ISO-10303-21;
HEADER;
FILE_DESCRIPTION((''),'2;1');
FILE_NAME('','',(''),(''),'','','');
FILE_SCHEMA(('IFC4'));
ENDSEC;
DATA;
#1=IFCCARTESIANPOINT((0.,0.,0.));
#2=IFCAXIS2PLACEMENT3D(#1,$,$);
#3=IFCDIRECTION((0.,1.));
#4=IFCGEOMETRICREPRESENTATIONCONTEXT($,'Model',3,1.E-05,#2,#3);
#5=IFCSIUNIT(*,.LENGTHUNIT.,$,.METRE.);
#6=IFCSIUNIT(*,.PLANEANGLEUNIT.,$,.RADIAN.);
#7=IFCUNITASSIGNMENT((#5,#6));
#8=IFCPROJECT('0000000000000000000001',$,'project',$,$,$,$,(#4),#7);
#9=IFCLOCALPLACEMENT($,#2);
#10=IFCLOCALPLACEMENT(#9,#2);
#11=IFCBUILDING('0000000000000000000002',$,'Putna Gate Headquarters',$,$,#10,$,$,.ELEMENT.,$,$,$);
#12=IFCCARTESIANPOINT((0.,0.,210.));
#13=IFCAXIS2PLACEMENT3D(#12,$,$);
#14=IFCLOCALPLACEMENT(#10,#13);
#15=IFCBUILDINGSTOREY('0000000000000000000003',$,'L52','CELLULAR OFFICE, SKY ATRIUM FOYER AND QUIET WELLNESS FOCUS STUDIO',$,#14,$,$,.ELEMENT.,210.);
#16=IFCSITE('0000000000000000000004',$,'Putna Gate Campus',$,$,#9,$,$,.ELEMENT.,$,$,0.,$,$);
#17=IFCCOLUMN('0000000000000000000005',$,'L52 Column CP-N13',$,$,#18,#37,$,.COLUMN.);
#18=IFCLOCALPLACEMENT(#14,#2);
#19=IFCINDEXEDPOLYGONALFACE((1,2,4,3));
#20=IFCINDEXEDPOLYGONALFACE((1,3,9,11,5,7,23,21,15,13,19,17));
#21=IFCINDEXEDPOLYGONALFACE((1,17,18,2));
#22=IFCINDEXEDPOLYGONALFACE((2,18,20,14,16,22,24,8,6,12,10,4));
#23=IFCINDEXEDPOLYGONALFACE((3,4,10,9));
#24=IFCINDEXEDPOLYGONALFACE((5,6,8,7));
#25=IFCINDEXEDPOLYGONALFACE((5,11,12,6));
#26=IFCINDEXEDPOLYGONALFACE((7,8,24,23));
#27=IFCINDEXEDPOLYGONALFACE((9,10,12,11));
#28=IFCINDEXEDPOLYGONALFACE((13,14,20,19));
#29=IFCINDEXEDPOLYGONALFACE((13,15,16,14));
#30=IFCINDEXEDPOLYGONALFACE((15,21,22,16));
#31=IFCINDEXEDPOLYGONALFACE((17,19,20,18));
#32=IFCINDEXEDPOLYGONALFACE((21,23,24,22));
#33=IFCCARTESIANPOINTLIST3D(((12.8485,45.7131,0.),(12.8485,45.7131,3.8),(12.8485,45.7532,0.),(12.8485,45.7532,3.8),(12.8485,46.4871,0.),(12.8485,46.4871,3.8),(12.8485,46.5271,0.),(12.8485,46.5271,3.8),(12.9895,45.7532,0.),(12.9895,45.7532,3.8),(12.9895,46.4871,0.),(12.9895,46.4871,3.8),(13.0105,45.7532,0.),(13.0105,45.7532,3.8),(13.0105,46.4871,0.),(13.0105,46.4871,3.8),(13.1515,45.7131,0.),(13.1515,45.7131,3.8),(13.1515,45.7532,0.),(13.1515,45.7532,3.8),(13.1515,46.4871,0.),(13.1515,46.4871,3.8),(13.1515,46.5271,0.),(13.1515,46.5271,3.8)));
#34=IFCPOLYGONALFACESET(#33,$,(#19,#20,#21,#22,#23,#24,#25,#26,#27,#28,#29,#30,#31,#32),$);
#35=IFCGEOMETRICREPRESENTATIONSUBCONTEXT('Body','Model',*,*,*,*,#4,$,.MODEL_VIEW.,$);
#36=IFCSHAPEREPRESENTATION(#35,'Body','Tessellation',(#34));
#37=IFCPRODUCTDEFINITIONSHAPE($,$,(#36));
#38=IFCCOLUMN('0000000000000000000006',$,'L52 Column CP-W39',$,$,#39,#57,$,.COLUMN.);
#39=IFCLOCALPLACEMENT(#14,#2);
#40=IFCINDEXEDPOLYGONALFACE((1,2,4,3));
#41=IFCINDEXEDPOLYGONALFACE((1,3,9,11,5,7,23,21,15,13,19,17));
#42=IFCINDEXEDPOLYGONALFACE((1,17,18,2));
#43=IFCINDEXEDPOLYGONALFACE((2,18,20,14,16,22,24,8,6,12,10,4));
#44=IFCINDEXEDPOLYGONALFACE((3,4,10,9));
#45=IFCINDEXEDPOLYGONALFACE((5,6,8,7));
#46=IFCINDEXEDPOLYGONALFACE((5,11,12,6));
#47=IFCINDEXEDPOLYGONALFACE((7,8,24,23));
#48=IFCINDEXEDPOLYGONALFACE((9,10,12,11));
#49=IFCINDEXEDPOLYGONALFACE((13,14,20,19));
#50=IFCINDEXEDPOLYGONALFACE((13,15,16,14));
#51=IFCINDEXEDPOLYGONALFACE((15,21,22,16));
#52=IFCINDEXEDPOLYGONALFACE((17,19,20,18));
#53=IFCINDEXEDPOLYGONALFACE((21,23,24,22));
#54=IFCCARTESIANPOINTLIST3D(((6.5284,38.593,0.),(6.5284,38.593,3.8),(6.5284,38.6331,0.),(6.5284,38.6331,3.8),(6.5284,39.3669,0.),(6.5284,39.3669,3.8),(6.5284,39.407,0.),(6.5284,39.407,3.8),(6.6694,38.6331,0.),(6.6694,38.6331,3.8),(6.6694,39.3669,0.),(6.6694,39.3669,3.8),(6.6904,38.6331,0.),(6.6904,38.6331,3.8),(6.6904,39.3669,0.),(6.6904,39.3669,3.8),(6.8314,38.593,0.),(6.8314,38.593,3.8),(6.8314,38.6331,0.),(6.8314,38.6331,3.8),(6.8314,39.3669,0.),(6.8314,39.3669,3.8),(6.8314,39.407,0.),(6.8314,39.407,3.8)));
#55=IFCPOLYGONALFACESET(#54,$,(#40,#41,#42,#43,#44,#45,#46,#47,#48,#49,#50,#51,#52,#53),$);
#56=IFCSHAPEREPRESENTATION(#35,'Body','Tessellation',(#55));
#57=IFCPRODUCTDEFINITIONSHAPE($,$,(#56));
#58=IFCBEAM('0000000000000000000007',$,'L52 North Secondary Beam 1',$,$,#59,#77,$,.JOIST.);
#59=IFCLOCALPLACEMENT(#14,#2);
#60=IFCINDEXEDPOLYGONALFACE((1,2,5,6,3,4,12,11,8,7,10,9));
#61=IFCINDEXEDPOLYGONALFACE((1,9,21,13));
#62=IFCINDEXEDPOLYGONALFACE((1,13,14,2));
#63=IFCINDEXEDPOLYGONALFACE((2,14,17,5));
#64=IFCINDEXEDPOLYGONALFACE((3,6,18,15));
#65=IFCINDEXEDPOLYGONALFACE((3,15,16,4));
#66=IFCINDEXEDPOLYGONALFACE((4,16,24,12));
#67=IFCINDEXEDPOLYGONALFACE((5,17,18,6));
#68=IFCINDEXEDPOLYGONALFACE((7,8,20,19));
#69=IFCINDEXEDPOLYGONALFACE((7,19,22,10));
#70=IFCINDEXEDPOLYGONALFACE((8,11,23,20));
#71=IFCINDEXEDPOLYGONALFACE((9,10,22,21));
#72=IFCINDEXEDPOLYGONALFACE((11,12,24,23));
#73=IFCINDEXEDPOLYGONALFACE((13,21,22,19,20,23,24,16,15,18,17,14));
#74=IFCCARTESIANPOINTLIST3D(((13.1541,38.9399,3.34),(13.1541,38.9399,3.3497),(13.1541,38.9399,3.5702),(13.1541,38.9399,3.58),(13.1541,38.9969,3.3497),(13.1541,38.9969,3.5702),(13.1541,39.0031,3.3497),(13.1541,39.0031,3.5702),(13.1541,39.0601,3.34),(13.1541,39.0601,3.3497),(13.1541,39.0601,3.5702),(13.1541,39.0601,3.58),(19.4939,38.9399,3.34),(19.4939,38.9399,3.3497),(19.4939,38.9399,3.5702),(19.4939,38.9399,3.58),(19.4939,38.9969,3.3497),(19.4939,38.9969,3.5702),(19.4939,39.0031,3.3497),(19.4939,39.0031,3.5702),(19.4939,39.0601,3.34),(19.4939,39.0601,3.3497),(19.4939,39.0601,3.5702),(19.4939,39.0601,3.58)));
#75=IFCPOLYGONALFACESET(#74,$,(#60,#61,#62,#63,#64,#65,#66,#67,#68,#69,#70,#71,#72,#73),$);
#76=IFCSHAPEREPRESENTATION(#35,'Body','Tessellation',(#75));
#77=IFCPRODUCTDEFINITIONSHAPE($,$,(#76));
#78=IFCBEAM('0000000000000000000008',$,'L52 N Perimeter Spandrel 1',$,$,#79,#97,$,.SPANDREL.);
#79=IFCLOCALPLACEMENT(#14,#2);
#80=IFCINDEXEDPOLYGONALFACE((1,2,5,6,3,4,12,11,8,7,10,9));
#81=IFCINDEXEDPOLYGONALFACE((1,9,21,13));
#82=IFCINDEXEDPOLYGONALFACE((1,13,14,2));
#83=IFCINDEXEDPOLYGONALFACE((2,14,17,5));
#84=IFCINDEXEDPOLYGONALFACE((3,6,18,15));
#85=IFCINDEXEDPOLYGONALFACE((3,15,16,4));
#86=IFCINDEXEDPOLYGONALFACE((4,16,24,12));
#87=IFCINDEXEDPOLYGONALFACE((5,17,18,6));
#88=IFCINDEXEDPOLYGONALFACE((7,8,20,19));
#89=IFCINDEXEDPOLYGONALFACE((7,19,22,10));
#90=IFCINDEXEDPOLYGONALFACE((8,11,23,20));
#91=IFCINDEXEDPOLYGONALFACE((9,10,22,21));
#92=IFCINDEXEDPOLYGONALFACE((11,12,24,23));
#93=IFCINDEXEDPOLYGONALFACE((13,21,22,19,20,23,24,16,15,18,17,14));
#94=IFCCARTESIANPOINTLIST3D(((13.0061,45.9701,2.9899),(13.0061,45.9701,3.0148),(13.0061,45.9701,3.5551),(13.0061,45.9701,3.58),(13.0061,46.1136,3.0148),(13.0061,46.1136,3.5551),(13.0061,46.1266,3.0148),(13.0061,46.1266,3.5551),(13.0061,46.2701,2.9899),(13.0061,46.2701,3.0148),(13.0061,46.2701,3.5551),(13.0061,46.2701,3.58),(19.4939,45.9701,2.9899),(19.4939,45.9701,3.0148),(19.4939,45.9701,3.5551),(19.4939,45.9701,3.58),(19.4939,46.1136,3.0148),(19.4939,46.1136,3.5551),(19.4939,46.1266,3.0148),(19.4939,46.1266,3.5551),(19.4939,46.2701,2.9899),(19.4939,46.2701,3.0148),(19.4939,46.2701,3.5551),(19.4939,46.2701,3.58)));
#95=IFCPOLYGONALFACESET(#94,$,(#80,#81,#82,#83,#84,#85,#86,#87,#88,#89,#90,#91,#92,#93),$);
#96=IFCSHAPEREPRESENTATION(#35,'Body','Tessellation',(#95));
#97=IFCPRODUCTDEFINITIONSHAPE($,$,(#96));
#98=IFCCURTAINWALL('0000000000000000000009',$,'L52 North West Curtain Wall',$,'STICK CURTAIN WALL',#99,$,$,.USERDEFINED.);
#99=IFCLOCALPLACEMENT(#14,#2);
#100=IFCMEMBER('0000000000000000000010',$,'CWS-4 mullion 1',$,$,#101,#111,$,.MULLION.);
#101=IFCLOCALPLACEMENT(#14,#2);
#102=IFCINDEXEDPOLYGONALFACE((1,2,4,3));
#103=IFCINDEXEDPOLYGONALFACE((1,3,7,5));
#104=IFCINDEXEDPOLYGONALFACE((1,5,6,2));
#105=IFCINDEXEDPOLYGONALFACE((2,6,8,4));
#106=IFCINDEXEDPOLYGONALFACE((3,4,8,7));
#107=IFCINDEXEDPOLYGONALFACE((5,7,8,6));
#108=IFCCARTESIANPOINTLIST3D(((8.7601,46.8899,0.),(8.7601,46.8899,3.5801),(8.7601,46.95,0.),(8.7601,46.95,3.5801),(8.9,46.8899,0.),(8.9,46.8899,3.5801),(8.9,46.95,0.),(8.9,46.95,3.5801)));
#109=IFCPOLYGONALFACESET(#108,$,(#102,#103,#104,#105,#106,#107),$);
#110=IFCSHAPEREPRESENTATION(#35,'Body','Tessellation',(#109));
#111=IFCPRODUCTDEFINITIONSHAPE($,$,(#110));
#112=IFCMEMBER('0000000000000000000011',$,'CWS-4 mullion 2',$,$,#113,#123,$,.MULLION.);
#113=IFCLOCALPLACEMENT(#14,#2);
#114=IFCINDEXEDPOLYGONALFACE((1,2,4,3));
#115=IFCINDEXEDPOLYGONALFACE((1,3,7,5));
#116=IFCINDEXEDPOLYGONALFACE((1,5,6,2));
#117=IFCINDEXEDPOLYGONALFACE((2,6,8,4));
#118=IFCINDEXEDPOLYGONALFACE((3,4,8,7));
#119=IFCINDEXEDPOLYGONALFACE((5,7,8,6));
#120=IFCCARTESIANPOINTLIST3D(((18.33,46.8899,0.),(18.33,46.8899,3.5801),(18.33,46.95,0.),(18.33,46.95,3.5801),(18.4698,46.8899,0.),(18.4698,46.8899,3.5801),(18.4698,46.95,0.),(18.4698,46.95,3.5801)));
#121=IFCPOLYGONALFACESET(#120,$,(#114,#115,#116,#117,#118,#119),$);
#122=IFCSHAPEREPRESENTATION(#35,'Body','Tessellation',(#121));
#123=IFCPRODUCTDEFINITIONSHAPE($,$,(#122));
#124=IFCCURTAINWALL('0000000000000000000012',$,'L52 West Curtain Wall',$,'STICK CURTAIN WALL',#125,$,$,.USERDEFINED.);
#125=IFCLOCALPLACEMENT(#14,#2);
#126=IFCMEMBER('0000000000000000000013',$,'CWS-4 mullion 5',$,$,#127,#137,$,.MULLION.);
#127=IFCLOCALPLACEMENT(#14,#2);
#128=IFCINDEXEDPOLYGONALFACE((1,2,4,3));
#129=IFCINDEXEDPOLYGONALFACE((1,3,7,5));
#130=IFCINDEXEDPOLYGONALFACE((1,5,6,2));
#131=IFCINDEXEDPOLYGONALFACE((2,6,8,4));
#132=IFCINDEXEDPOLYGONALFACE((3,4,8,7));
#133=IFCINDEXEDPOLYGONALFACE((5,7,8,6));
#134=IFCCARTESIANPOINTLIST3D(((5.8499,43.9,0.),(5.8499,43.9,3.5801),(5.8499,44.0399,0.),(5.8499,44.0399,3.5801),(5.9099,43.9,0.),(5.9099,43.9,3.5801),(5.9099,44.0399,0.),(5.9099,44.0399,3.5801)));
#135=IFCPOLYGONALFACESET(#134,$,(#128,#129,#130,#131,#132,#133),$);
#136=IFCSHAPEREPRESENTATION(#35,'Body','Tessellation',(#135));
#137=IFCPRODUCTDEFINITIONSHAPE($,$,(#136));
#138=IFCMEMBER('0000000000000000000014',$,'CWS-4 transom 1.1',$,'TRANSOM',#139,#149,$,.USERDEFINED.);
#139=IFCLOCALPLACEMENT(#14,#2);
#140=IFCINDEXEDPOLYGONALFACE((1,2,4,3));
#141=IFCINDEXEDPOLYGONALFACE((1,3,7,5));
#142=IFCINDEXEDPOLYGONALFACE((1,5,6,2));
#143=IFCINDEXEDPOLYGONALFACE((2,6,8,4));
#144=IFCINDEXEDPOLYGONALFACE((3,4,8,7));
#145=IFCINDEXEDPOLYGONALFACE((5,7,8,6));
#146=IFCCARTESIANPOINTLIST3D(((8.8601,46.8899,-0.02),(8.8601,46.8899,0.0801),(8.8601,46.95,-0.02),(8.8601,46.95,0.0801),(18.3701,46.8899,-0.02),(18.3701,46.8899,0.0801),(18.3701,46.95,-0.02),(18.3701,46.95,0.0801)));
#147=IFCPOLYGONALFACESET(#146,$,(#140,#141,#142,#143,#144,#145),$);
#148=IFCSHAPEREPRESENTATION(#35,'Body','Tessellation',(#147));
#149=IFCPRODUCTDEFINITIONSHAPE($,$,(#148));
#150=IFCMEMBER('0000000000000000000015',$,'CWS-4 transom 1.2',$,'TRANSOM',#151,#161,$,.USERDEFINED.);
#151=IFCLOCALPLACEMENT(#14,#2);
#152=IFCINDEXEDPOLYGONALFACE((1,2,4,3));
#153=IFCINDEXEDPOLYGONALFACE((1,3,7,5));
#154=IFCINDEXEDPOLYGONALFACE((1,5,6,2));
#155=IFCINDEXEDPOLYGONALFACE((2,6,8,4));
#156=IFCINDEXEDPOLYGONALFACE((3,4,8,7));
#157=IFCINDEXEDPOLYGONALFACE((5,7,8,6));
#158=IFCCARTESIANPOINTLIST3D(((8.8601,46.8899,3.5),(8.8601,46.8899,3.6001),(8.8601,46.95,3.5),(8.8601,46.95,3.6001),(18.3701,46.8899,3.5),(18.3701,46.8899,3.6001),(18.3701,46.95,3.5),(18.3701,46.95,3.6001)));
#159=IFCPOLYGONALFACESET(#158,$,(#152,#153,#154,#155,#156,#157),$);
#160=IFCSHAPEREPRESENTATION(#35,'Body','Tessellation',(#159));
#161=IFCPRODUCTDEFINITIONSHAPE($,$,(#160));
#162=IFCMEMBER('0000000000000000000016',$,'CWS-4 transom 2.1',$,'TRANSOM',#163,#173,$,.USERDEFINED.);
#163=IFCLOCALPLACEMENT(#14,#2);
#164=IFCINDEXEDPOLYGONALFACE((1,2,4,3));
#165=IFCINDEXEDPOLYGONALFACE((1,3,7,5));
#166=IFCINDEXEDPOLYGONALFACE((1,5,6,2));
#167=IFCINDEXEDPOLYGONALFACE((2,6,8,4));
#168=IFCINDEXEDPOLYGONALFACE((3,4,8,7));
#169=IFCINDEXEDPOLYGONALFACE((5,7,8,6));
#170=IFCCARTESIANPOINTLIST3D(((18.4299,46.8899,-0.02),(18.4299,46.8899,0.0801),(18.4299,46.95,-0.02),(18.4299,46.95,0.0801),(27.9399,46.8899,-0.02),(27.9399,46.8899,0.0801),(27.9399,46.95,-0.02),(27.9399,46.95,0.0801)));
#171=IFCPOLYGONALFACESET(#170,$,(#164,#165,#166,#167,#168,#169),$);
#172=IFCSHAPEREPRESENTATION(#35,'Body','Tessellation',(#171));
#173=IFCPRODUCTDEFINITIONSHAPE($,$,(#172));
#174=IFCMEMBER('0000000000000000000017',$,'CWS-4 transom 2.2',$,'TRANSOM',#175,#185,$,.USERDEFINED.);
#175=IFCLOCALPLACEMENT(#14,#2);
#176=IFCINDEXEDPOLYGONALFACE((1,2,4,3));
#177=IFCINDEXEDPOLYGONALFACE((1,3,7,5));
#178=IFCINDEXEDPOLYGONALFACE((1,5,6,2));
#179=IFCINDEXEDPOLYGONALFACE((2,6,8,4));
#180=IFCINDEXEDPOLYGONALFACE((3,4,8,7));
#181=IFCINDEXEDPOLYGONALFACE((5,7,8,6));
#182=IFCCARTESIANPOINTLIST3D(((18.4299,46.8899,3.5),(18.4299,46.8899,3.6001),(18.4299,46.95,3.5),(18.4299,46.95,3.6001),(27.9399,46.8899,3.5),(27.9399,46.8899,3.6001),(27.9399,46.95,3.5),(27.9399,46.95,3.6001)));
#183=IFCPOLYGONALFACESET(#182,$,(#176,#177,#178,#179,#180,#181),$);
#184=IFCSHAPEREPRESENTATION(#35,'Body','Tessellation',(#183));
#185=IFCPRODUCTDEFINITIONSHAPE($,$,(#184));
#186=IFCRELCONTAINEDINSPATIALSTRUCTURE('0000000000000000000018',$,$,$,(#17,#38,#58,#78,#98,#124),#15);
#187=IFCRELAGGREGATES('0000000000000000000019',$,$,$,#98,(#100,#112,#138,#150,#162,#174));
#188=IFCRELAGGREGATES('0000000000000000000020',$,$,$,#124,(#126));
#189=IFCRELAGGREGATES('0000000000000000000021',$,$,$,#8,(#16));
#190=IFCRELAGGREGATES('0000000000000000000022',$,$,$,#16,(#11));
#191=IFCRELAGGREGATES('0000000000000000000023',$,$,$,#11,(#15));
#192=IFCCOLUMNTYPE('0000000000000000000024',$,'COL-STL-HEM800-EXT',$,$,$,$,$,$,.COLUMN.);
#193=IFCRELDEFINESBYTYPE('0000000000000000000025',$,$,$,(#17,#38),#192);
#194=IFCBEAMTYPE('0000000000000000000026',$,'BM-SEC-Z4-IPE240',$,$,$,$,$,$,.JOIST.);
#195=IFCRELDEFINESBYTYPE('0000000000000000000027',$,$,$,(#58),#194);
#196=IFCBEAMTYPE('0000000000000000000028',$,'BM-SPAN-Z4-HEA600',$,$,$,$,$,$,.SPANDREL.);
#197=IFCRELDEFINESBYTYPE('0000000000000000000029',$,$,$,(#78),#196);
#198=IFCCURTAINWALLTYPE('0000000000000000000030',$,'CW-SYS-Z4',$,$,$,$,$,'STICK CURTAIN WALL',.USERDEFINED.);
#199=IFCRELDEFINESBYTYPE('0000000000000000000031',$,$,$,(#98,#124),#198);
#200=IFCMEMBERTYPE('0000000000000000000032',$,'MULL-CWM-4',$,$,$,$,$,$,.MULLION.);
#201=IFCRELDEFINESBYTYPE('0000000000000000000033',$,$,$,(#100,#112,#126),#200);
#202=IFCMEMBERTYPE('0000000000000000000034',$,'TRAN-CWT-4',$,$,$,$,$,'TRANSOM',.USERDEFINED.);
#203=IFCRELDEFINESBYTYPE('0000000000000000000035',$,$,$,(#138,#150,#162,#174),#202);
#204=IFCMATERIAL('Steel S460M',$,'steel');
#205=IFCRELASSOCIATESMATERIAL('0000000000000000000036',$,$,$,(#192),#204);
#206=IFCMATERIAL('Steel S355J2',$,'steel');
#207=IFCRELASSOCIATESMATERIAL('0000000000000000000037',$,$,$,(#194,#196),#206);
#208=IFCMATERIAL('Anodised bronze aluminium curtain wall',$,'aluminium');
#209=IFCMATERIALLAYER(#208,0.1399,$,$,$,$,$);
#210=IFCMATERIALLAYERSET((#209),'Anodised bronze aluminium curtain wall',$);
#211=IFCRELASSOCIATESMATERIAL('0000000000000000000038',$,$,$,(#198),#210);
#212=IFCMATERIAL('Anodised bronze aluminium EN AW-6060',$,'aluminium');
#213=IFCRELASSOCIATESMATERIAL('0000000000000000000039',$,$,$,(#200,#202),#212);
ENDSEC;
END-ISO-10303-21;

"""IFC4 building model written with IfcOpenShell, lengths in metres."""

from ifc_helpers import new_model, si_unit, direction, frame, origin, origin_2d, place, context, subcontext, project, spatial, rectangle, i_section, extrude, material, layer, layer_set, material_profile, profile_set, type_object, element, aggregate, save


model = new_model("IFC4")

# Units and contexts
model_context = context("Model", 3, precision=1e-05, world=origin(), true_north=direction((0.0, 1.0)))
body_context = subcontext(model_context, "Body", "Model", "MODEL_VIEW")
ifc_project = project(units=[si_unit("LENGTHUNIT", "METRE"), si_unit("PLANEANGLEUNIT", "RADIAN")], contexts=[model_context])

# Site, building, storey
site_placement = place(None, origin())
site = spatial("IfcSite", under=ifc_project, at=site_placement, Name="Putna Gate Campus", CompositionType="ELEMENT", RefElevation=0.0)
building_placement = place(site_placement, origin())
building = spatial("IfcBuilding", under=site, at=building_placement, Name="Putna Gate Headquarters", CompositionType="ELEMENT")
storey_placement = place(building_placement, frame((0.0, 0.0, 210.0)))
storey = spatial("IfcBuildingStorey", under=building, at=storey_placement, Name="L52", Description="CELLULAR OFFICE, SKY ATRIUM FOYER AND QUIET WELLNESS FOCUS STUDIO", CompositionType="ELEMENT", Elevation=210.0)

# Columns
ifc_material_1 = material(Name="Steel S460M", Category="steel")
ifc_material_profile_1 = material_profile(ifc_material_1, i_section(OverallWidth=0.303, OverallDepth=0.814, WebThickness=0.021, FlangeThickness=0.04, at=origin_2d()), Name="Steel S460M")
ifc_profile_set_1 = profile_set([ifc_material_profile_1], Name="Steel S460M")
column_type = type_object("IfcColumnType", Name="COL-STL-HEM800-EXT", PredefinedType="COLUMN", material=ifc_profile_set_1)
for number, where, z_axis, x_axis, name in (
    (1, (13.0, 46.1201, 0.0), (0.0, 0.0, 1.0), (1.0, 0.0, 0.0), "L52 Column CP-N13"),
    (2, (6.6799, 39.0, 0.0), (0.0, 0.0, 1.0), (1.0, 0.0, 0.0), "L52 Column CP-W39"),
):
    element("IfcColumn", number, at=place(storey_placement, frame(where, z_axis=z_axis, x_axis=x_axis)), inside=storey, type_object=column_type, Name=name, PredefinedType="COLUMN", context=body_context, shape_type="SweptSolid", body=[
        extrude(i_section(OverallWidth=0.303, OverallDepth=0.814, WebThickness=0.021, FlangeThickness=0.04, at=origin_2d()), origin(), (0.0, 0.0, 1.0), 3.8),
    ])

# Beams
ifc_material_2 = material(Name="Steel S355J2", Category="steel")
ifc_material_profile_2 = material_profile(ifc_material_2, i_section(OverallWidth=0.1201, OverallDepth=0.24, WebThickness=0.0061, FlangeThickness=0.0098, at=origin_2d()), Name="Steel S355J2")
ifc_profile_set_2 = profile_set([ifc_material_profile_2], Name="Steel S355J2")
beam_type_1 = type_object("IfcBeamType", Name="BM-SEC-Z4-IPE240", PredefinedType="JOIST", material=ifc_profile_set_2)
beam_1_placement = place(storey_placement, frame((13.1541, 39.0, 3.46), z_axis=(1.0, 0.0, 0.0), x_axis=(0.0, 1.0, 0.0)))
element("IfcBeam", 3, at=beam_1_placement, inside=storey, type_object=beam_type_1, Name="L52 North Secondary Beam 1", PredefinedType="JOIST", context=body_context, shape_type="SweptSolid", body=[
    extrude(i_section(OverallWidth=0.1201, OverallDepth=0.24, WebThickness=0.0061, FlangeThickness=0.0098, at=origin_2d()), origin(), (0.0, 0.0, 1.0), 6.3398),
])
ifc_material_profile_3 = material_profile(ifc_material_2, i_section(OverallWidth=0.3, OverallDepth=0.5901, WebThickness=0.0129, FlangeThickness=0.0249, at=origin_2d()), Name="Steel S355J2")
ifc_profile_set_3 = profile_set([ifc_material_profile_3], Name="Steel S355J2")
beam_type_2 = type_object("IfcBeamType", Name="BM-SPAN-Z4-HEA600", PredefinedType="SPANDREL", material=ifc_profile_set_3)
beam_2_placement = place(storey_placement, frame((13.0061, 46.1201, 3.2849), z_axis=(1.0, 0.0, 0.0), x_axis=(0.0, 1.0, 0.0)))
element("IfcBeam", 4, at=beam_2_placement, inside=storey, type_object=beam_type_2, Name="L52 N Perimeter Spandrel 1", PredefinedType="SPANDREL", context=body_context, shape_type="SweptSolid", body=[
    extrude(i_section(OverallWidth=0.3, OverallDepth=0.5901, WebThickness=0.0129, FlangeThickness=0.0249, at=origin_2d()), origin(), (0.0, 0.0, 1.0), 6.4878),
])

# Curtain wall, members
ifc_material_3 = material(Name="Anodised bronze aluminium curtain wall", Category="aluminium")
ifc_layer_1 = layer(ifc_material_3, 0.1399)
ifc_layer_set_1 = layer_set([ifc_layer_1], Name="Anodised bronze aluminium curtain wall")
curtain_wall_type = type_object("IfcCurtainWallType", Name="CW-SYS-Z4", ElementType="STICK CURTAIN WALL", PredefinedType="USERDEFINED", material=ifc_layer_set_1)
curtain_wall_1_placement = place(storey_placement, origin())
curtain_wall_1 = element("IfcCurtainWall", 5, at=curtain_wall_1_placement, inside=storey, type_object=curtain_wall_type, Name="L52 North West Curtain Wall", ObjectType="STICK CURTAIN WALL", PredefinedType="USERDEFINED")
ifc_material_4 = material(Name="Anodised bronze aluminium EN AW-6060", Category="aluminium")
ifc_material_profile_4 = material_profile(ifc_material_4, rectangle(XDim=0.0601, YDim=0.1399, at=origin_2d()), Name="Anodised bronze aluminium EN AW-6060")
ifc_profile_set_4 = profile_set([ifc_material_profile_4], Name="Anodised bronze aluminium EN AW-6060")
member_type_1 = type_object("IfcMemberType", Name="MULL-CWM-4", PredefinedType="MULLION", material=ifc_profile_set_4)
member_1_placement = place(storey_placement, frame((8.8301, 46.9199, 0.0), z_axis=(0.0, 0.0, 1.0), x_axis=(0.0, 1.0, 0.0)))
member_1 = element("IfcMember", 6, at=member_1_placement, type_object=member_type_1, Name="CWS-4 mullion 1", PredefinedType="MULLION", context=body_context, shape_type="SweptSolid", body=[
    extrude(rectangle(XDim=0.0601, YDim=0.1399, at=origin_2d()), origin(), (0.0, 0.0, 1.0), 3.5801),
])
member_2_placement = place(storey_placement, frame((18.3999, 46.9199, 0.0), z_axis=(0.0, 0.0, 1.0), x_axis=(0.0, 1.0, 0.0)))
member_2 = element("IfcMember", 7, at=member_2_placement, type_object=member_type_1, Name="CWS-4 mullion 2", PredefinedType="MULLION", context=body_context, shape_type="SweptSolid", body=[
    extrude(rectangle(XDim=0.0601, YDim=0.1399, at=origin_2d()), origin(), (0.0, 0.0, 1.0), 3.5801),
])

# Curtain wall, member
curtain_wall_2_placement = place(storey_placement, origin())
curtain_wall_2 = element("IfcCurtainWall", 8, at=curtain_wall_2_placement, inside=storey, type_object=curtain_wall_type, Name="L52 West Curtain Wall", ObjectType="STICK CURTAIN WALL", PredefinedType="USERDEFINED")
member_3_placement = place(storey_placement, frame((5.8799, 43.97, 0.0), z_axis=(0.0, 0.0, 1.0), x_axis=(-1.0, 0.0, 0.0)))
member_3 = element("IfcMember", 9, at=member_3_placement, type_object=member_type_1, Name="CWS-4 mullion 5", PredefinedType="MULLION", context=body_context, shape_type="SweptSolid", body=[
    extrude(rectangle(XDim=0.0601, YDim=0.1399, at=origin_2d()), origin(), (0.0, 0.0, 1.0), 3.5801),
])

# Members
ifc_material_profile_5 = material_profile(ifc_material_4, rectangle(XDim=0.0601, YDim=0.1001, at=origin_2d()), Name="Anodised bronze aluminium EN AW-6060")
ifc_profile_set_5 = profile_set([ifc_material_profile_5], Name="Anodised bronze aluminium EN AW-6060")
member_type_2 = type_object("IfcMemberType", Name="TRAN-CWT-4", ElementType="TRANSOM", PredefinedType="USERDEFINED", material=ifc_profile_set_5)
member_4_placement = place(storey_placement, frame((8.8601, 46.9199, 0.03), z_axis=(1.0, 0.0, 0.0), x_axis=(0.0, 1.0, 0.0)))
member_4 = element("IfcMember", 10, at=member_4_placement, type_object=member_type_2, Name="CWS-4 transom 1.1", ObjectType="TRANSOM", PredefinedType="USERDEFINED", context=body_context, shape_type="SweptSolid", body=[
    extrude(rectangle(XDim=0.0601, YDim=0.1001, at=origin_2d()), origin(), (0.0, 0.0, 1.0), 9.51),
])
member_5_placement = place(storey_placement, frame((8.8601, 46.9199, 3.55), z_axis=(1.0, 0.0, 0.0), x_axis=(0.0, 1.0, 0.0)))
member_5 = element("IfcMember", 11, at=member_5_placement, type_object=member_type_2, Name="CWS-4 transom 1.2", ObjectType="TRANSOM", PredefinedType="USERDEFINED", context=body_context, shape_type="SweptSolid", body=[
    extrude(rectangle(XDim=0.0601, YDim=0.1001, at=origin_2d()), origin(), (0.0, 0.0, 1.0), 9.51),
])
member_6_placement = place(storey_placement, frame((18.4299, 46.9199, 0.03), z_axis=(1.0, 0.0, 0.0), x_axis=(0.0, 1.0, 0.0)))
member_6 = element("IfcMember", 12, at=member_6_placement, type_object=member_type_2, Name="CWS-4 transom 2.1", ObjectType="TRANSOM", PredefinedType="USERDEFINED", context=body_context, shape_type="SweptSolid", body=[
    extrude(rectangle(XDim=0.0601, YDim=0.1001, at=origin_2d()), origin(), (0.0, 0.0, 1.0), 9.51),
])
member_7_placement = place(storey_placement, frame((18.4299, 46.9199, 3.55), z_axis=(1.0, 0.0, 0.0), x_axis=(0.0, 1.0, 0.0)))
member_7 = element("IfcMember", 13, at=member_7_placement, type_object=member_type_2, Name="CWS-4 transom 2.2", ObjectType="TRANSOM", PredefinedType="USERDEFINED", context=body_context, shape_type="SweptSolid", body=[
    extrude(rectangle(XDim=0.0601, YDim=0.1001, at=origin_2d()), origin(), (0.0, 0.0, 1.0), 9.51),
])

aggregate(curtain_wall_1, [member_1, member_2, member_4, member_5, member_6, member_7])
aggregate(curtain_wall_2, [member_3])

save(model, "model.ifc")
